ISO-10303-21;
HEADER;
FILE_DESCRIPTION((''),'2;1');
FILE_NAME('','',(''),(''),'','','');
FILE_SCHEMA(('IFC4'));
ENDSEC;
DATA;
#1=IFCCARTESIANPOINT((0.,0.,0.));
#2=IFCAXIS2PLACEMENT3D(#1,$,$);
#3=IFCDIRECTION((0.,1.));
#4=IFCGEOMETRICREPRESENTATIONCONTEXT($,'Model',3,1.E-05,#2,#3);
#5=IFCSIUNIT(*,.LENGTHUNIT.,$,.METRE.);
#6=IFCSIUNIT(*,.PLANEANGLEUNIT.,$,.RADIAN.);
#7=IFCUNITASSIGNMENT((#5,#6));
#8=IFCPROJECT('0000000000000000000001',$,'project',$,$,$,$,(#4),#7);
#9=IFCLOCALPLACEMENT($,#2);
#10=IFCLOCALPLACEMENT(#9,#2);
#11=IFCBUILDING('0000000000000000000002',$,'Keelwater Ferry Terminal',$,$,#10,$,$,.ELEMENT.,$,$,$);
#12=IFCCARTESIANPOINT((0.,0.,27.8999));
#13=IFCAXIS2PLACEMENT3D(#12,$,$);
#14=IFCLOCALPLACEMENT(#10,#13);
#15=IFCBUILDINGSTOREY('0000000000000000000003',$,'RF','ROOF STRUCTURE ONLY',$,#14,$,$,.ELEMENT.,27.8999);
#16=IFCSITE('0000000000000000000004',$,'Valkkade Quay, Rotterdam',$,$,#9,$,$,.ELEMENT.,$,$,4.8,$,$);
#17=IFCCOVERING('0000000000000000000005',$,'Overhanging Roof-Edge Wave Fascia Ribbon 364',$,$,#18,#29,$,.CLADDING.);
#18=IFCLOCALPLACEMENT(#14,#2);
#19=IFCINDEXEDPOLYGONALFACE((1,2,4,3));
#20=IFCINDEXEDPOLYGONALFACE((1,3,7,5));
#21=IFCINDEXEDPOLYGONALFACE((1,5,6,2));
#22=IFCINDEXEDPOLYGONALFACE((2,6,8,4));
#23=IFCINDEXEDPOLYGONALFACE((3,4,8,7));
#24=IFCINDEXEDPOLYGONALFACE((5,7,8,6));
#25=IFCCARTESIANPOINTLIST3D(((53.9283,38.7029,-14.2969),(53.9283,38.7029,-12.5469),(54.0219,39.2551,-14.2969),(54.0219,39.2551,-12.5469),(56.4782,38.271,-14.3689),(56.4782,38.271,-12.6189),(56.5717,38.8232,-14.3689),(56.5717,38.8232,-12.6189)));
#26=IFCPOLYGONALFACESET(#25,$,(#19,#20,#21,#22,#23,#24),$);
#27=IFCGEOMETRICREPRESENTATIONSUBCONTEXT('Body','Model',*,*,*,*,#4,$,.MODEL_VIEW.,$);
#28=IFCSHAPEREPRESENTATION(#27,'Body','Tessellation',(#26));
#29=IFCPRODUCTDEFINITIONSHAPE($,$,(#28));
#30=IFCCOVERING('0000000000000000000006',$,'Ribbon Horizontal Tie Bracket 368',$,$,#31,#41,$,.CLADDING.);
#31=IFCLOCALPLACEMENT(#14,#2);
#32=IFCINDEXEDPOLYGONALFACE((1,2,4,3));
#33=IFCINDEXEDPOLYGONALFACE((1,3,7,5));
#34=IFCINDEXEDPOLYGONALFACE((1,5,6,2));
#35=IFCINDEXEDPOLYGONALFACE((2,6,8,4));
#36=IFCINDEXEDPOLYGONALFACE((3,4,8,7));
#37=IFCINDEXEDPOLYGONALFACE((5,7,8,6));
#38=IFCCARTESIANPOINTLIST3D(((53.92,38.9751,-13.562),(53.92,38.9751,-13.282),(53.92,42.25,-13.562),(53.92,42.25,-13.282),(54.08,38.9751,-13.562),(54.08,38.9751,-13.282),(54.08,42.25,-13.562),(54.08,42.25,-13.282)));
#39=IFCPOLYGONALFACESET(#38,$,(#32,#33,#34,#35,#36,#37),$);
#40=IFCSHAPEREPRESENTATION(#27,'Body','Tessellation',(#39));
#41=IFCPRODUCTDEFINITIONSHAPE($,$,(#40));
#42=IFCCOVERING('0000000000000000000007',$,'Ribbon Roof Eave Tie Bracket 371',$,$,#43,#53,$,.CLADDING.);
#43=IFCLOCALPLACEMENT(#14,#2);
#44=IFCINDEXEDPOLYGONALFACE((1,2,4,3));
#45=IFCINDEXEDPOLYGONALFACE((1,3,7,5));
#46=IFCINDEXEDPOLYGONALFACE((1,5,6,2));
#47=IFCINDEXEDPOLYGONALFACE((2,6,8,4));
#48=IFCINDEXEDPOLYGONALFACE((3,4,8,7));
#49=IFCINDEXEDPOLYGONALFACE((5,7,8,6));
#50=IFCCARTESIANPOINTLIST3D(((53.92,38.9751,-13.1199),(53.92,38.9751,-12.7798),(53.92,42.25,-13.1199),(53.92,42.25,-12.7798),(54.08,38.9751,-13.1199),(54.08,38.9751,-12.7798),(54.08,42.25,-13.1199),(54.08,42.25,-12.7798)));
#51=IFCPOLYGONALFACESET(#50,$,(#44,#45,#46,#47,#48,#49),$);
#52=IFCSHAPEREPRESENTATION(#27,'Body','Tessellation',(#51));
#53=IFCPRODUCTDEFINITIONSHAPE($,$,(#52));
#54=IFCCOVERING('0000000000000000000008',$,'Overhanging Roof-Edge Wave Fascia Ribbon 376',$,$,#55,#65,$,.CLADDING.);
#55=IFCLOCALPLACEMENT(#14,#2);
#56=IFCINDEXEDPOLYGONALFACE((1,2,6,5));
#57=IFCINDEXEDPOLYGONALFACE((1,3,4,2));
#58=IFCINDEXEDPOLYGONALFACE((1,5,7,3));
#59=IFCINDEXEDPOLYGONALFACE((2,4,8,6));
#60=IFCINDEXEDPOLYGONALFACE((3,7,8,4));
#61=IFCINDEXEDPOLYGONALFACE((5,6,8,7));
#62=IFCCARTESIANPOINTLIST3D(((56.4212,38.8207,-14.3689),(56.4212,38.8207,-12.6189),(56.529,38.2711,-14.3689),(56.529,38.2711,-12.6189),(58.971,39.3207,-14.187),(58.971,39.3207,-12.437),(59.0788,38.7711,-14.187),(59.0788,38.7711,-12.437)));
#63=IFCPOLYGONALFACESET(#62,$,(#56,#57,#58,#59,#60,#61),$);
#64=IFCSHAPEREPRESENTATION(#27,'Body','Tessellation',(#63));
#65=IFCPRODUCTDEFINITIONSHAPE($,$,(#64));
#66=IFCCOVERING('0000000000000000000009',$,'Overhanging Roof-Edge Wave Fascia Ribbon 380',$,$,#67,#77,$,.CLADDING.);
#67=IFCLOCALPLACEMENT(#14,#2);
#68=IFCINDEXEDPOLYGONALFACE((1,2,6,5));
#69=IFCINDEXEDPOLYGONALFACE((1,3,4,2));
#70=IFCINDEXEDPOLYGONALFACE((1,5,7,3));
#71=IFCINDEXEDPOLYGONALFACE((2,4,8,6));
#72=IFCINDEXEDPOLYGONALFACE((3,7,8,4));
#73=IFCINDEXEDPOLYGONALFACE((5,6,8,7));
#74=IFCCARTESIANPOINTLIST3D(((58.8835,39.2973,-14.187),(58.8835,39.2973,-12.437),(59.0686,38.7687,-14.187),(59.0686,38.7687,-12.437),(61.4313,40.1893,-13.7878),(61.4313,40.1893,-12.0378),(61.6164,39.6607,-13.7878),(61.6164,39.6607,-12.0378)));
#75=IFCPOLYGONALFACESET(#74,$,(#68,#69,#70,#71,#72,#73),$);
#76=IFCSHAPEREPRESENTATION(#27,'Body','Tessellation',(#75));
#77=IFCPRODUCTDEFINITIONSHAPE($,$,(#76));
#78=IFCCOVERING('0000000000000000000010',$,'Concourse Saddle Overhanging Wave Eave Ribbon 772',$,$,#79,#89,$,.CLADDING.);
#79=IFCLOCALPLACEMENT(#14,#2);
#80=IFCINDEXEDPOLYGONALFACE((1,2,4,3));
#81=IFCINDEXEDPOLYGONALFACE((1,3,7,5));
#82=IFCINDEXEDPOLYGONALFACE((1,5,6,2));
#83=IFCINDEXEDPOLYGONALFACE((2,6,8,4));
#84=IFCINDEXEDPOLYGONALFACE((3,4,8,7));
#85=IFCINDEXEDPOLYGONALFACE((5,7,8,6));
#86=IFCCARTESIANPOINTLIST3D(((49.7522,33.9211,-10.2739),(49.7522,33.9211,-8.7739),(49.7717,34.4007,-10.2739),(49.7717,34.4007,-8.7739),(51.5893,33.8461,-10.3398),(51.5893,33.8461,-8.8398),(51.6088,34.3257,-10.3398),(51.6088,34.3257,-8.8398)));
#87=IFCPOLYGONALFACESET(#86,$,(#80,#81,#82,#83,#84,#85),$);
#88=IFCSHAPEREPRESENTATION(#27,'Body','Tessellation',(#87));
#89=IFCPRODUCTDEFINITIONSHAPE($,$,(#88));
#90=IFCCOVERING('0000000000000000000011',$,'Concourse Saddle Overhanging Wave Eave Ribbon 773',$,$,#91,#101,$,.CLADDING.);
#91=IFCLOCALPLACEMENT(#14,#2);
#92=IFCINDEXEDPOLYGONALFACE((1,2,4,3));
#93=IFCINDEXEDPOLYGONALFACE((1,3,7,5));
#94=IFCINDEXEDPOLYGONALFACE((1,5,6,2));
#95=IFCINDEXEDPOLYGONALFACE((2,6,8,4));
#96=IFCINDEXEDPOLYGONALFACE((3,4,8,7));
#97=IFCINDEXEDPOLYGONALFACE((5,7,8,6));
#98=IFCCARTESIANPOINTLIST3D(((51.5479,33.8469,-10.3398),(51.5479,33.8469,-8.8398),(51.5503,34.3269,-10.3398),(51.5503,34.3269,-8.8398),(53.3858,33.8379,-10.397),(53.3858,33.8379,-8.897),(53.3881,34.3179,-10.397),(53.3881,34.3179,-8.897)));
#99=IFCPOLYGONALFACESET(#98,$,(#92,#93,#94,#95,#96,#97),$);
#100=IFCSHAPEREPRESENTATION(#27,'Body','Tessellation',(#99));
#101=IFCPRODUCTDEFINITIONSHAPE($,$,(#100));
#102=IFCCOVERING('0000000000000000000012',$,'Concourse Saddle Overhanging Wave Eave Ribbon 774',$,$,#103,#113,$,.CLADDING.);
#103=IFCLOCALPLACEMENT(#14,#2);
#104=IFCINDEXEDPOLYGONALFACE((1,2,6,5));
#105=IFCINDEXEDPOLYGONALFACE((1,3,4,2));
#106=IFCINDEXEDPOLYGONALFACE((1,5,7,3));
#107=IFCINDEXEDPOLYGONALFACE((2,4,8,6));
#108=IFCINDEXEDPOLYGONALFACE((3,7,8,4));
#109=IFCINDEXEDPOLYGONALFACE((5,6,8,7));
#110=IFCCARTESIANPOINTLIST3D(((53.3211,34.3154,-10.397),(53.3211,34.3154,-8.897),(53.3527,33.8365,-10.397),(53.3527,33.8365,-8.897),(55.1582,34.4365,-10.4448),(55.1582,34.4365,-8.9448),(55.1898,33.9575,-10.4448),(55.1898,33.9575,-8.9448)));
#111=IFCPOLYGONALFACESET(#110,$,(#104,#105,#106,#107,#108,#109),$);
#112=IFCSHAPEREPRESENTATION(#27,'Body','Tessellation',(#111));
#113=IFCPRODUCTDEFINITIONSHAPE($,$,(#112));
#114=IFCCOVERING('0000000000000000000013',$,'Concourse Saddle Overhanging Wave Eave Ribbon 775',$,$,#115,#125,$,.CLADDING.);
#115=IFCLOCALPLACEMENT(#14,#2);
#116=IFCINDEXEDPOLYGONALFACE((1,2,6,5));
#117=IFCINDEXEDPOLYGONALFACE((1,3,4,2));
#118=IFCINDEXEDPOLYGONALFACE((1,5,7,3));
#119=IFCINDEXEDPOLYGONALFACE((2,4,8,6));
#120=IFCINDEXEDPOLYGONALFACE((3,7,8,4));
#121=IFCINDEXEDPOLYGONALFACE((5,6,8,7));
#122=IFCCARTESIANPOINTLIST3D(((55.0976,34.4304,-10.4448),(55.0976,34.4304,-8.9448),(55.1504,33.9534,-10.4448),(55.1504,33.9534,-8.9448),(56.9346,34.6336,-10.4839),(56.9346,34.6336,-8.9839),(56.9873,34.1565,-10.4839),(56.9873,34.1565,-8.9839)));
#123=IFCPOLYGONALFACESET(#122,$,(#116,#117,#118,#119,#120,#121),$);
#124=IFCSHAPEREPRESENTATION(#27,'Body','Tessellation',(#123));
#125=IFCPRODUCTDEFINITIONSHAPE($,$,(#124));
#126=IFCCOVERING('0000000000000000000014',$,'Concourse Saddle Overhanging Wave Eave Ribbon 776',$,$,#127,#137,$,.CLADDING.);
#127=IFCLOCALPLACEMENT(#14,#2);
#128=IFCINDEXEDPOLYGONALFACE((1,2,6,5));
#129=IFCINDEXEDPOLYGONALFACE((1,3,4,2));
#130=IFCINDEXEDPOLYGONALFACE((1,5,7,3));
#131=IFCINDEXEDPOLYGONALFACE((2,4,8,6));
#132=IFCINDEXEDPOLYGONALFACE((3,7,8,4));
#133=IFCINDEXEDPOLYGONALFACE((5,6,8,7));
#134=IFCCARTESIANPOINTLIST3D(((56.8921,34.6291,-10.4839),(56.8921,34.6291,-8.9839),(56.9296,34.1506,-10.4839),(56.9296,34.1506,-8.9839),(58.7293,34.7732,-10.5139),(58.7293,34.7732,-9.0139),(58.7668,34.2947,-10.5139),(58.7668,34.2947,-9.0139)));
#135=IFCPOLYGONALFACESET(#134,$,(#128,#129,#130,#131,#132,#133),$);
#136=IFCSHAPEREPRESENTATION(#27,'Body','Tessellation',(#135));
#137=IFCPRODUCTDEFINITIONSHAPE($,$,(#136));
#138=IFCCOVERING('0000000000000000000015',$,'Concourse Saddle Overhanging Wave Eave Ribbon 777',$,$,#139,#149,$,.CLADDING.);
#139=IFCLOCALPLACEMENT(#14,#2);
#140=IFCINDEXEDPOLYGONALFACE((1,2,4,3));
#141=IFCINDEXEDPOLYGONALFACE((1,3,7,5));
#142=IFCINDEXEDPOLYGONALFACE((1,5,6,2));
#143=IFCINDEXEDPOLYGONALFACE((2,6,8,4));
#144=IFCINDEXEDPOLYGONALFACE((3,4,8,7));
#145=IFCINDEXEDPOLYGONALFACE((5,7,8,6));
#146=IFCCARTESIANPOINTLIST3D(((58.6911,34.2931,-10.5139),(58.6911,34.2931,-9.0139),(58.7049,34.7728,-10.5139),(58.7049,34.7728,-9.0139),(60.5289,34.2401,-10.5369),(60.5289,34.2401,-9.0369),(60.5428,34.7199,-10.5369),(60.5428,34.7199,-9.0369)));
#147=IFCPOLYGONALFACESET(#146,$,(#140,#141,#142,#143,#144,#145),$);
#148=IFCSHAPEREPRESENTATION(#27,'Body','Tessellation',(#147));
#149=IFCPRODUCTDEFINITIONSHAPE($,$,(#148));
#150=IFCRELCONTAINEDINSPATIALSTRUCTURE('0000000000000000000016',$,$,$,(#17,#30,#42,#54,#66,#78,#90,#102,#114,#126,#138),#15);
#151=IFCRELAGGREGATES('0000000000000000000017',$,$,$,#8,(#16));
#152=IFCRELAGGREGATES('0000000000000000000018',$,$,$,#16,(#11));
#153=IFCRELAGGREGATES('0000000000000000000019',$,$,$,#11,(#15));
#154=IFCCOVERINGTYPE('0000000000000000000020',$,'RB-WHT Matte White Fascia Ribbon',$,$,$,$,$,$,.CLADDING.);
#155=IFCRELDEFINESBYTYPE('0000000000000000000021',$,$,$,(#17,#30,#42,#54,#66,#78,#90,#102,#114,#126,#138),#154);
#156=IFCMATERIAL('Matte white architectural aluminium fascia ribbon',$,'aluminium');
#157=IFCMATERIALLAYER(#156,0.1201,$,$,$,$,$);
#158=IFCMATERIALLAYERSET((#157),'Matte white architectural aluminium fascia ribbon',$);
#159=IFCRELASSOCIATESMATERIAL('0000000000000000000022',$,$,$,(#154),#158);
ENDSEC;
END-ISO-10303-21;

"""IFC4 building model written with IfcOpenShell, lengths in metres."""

from ifc_helpers import new_model, si_unit, direction, frame, frame_2d, origin, place, context, subcontext, project, spatial, polyline, rectangle, outline, extrude, material, layer, layer_set, type_object, element, save


model = new_model("IFC4")

# Units and contexts
model_context = context("Model", 3, precision=1e-05, world=origin(), true_north=direction((0.0, 1.0)))
body_context = subcontext(model_context, "Body", "Model", "MODEL_VIEW")
ifc_project = project(units=[si_unit("LENGTHUNIT", "METRE"), si_unit("PLANEANGLEUNIT", "RADIAN")], contexts=[model_context])

# Site, building, storey
site_placement = place(None, origin())
site = spatial("IfcSite", under=ifc_project, at=site_placement, Name="Valkkade Quay, Rotterdam", CompositionType="ELEMENT", RefElevation=4.8)
building_placement = place(site_placement, origin())
building = spatial("IfcBuilding", under=site, at=building_placement, Name="Keelwater Ferry Terminal", CompositionType="ELEMENT")
storey_placement = place(building_placement, frame((0.0, 0.0, 27.8999)))
storey = spatial("IfcBuildingStorey", under=building, at=storey_placement, Name="RF", Description="ROOF STRUCTURE ONLY", CompositionType="ELEMENT", Elevation=27.8999)

# Coverings
ifc_material_1 = material(Name="Matte white architectural aluminium fascia ribbon", Category="aluminium")
ifc_layer_1 = layer(ifc_material_1, 0.1201)
ifc_layer_set_1 = layer_set([ifc_layer_1], Name="Matte white architectural aluminium fascia ribbon")
covering_type = type_object("IfcCoveringType", Name="RB-WHT Matte White Fascia Ribbon", PredefinedType="CLADDING", material=ifc_layer_set_1)
covering_1_placement = place(storey_placement, frame((53.9751, 38.979, -14.3689), z_axis=(0.0, 0.0, 1.0), x_axis=(0.985957, -0.167001, 0.0)))
element("IfcCovering", 1, at=covering_1_placement, inside=storey, type_object=covering_type, Name="Overhanging Roof-Edge Wave Fascia Ribbon 364", PredefinedType="CLADDING", context=body_context, shape_type="SweptSolid", body=[
    extrude(outline(polyline([(0.0, 0.072), (2.5862, 0.0), (2.5862, 1.75), (0.0, 1.822), (0.0, 0.072)])), frame((0.0, 0.28, 0.0), z_axis=(0.0, -1.0, 0.0), x_axis=(1.0, 0.0, 0.0)), (0.0, 0.0, 1.0), 0.5601),
])
covering_2_placement = place(storey_placement, frame((54.0, 38.9751, -13.562), z_axis=(0.0, 0.0, 1.0), x_axis=(0.0, 1.0, 0.0)))
element("IfcCovering", 2, at=covering_2_placement, inside=storey, type_object=covering_type, Name="Ribbon Horizontal Tie Bracket 368", PredefinedType="CLADDING", context=body_context, shape_type="SweptSolid", body=[
    extrude(rectangle(XDim=3.2749, YDim=0.1599, at=frame_2d((1.6375, 0.0))), origin(), (0.0, 0.0, 1.0), 0.28),
])
covering_3_placement = place(storey_placement, frame((54.0, 38.9751, -13.1199), z_axis=(0.0, 0.0, 1.0), x_axis=(0.0, 1.0, 0.0)))
element("IfcCovering", 3, at=covering_3_placement, inside=storey, type_object=covering_type, Name="Ribbon Roof Eave Tie Bracket 371", PredefinedType="CLADDING", context=body_context, shape_type="SweptSolid", body=[
    extrude(rectangle(XDim=3.2749, YDim=0.1599, at=frame_2d((1.6375, 0.0))), origin(), (0.0, 0.0, 1.0), 0.3401),
])
covering_4_placement = place(storey_placement, frame((56.4751, 38.5459, -14.3689), z_axis=(0.0, 0.0, 1.0), x_axis=(0.981311, 0.192429, 0.0)))
element("IfcCovering", 4, at=covering_4_placement, inside=storey, type_object=covering_type, Name="Overhanging Roof-Edge Wave Fascia Ribbon 376", PredefinedType="CLADDING", context=body_context, shape_type="SweptSolid", body=[
    extrude(outline(polyline([(0.0, 0.0), (2.5984, 0.1819), (2.5984, 1.9319), (0.0, 1.75), (0.0, 0.0)])), frame((0.0, 0.28, 0.0), z_axis=(0.0, -1.0, 0.0), x_axis=(1.0, 0.0, 0.0)), (0.0, 0.0, 1.0), 0.5601),
])
covering_5_placement = place(storey_placement, frame((58.9761, 39.033, -14.187), z_axis=(0.0, 0.0, 1.0), x_axis=(0.943819, 0.330463, 0.0)))
element("IfcCovering", 5, at=covering_5_placement, inside=storey, type_object=covering_type, Name="Overhanging Roof-Edge Wave Fascia Ribbon 380", PredefinedType="CLADDING", context=body_context, shape_type="SweptSolid", body=[
    extrude(outline(polyline([(0.0, 0.0), (2.6995, 0.3992), (2.6995, 2.1492), (0.0, 1.75), (0.0, 0.0)])), frame((0.0, 0.28, 0.0), z_axis=(0.0, -1.0, 0.0), x_axis=(1.0, 0.0, 0.0)), (0.0, 0.0, 1.0), 0.5601),
])
covering_6_placement = place(storey_placement, frame((49.762, 34.1609, -10.3398), z_axis=(0.0, 0.0, 1.0), x_axis=(0.999169, -0.040763, 0.0)))
element("IfcCovering", 6, at=covering_6_placement, inside=storey, type_object=covering_type, Name="Concourse Saddle Overhanging Wave Eave Ribbon 772", PredefinedType="CLADDING", context=body_context, shape_type="SweptSolid", body=[
    extrude(outline(polyline([(0.0, 0.0659), (1.8386, 0.0), (1.8386, 1.5), (0.0, 1.5659), (0.0, 0.0659)])), frame((0.0, 0.24, 0.0), z_axis=(0.0, -1.0, 0.0), x_axis=(1.0, 0.0, 0.0)), (0.0, 0.0, 1.0), 0.48),
])
covering_7_placement = place(storey_placement, frame((51.5491, 34.0869, -10.397), z_axis=(0.0, 0.0, 1.0), x_axis=(0.999988, -0.004915, 0.0)))
element("IfcCovering", 7, at=covering_7_placement, inside=storey, type_object=covering_type, Name="Concourse Saddle Overhanging Wave Eave Ribbon 773", PredefinedType="CLADDING", context=body_context, shape_type="SweptSolid", body=[
    extrude(outline(polyline([(0.0, 0.0571), (1.8379, 0.0), (1.8379, 1.5), (0.0, 1.5571), (0.0, 0.0571)])), frame((0.0, 0.24, 0.0), z_axis=(0.0, -1.0, 0.0), x_axis=(1.0, 0.0, 0.0)), (0.0, 0.0, 1.0), 0.48),
])
covering_8_placement = place(storey_placement, frame((53.3369, 34.0759, -10.4448), z_axis=(0.0, 0.0, 1.0), x_axis=(0.997835, 0.065771, 0.0)))
element("IfcCovering", 8, at=covering_8_placement, inside=storey, type_object=covering_type, Name="Concourse Saddle Overhanging Wave Eave Ribbon 774", PredefinedType="CLADDING", context=body_context, shape_type="SweptSolid", body=[
    extrude(outline(polyline([(0.0, 0.0479), (1.8411, 0.0), (1.8411, 1.5), (0.0, 1.5479), (0.0, 0.0479)])), frame((0.0, 0.24, 0.0), z_axis=(0.0, -1.0, 0.0), x_axis=(1.0, 0.0, 0.0)), (0.0, 0.0, 1.0), 0.48),
])
covering_9_placement = place(storey_placement, frame((55.124, 34.1919, -10.4839), z_axis=(0.0, 0.0, 1.0), x_axis=(0.993942, 0.10991, 0.0)))
element("IfcCovering", 9, at=covering_9_placement, inside=storey, type_object=covering_type, Name="Concourse Saddle Overhanging Wave Eave Ribbon 775", PredefinedType="CLADDING", context=body_context, shape_type="SweptSolid", body=[
    extrude(outline(polyline([(0.0, 0.0391), (1.8481, 0.0), (1.8481, 1.5), (0.0, 1.5391), (0.0, 0.0391)])), frame((0.0, 0.24, 0.0), z_axis=(0.0, -1.0, 0.0), x_axis=(1.0, 0.0, 0.0)), (0.0, 0.0, 1.0), 0.48),
])
covering_10_placement = place(storey_placement, frame((56.9109, 34.3899, -10.5139), z_axis=(0.0, 0.0, 1.0), x_axis=(0.99694, 0.078165, 0.0)))
element("IfcCovering", 10, at=covering_10_placement, inside=storey, type_object=covering_type, Name="Concourse Saddle Overhanging Wave Eave Ribbon 776", PredefinedType="CLADDING", context=body_context, shape_type="SweptSolid", body=[
    extrude(outline(polyline([(0.0, 0.03), (1.8428, 0.0), (1.8428, 1.5), (0.0, 1.53), (0.0, 0.03)])), frame((0.0, 0.24, 0.0), z_axis=(0.0, -1.0, 0.0), x_axis=(1.0, 0.0, 0.0)), (0.0, 0.0, 1.0), 0.48),
])
covering_11_placement = place(storey_placement, frame((58.698, 34.533, -10.5369), z_axis=(0.0, 0.0, 1.0), x_axis=(0.999585, -0.028814, 0.0)))
element("IfcCovering", 11, at=covering_11_placement, inside=storey, type_object=covering_type, Name="Concourse Saddle Overhanging Wave Eave Ribbon 777", PredefinedType="CLADDING", context=body_context, shape_type="SweptSolid", body=[
    extrude(outline(polyline([(0.0, 0.0229), (1.8386, 0.0), (1.8386, 1.5), (0.0, 1.5229), (0.0, 0.0229)])), frame((0.0, 0.24, 0.0), z_axis=(0.0, -1.0, 0.0), x_axis=(1.0, 0.0, 0.0)), (0.0, 0.0, 1.0), 0.48),
])

save(model, "model.ifc")
